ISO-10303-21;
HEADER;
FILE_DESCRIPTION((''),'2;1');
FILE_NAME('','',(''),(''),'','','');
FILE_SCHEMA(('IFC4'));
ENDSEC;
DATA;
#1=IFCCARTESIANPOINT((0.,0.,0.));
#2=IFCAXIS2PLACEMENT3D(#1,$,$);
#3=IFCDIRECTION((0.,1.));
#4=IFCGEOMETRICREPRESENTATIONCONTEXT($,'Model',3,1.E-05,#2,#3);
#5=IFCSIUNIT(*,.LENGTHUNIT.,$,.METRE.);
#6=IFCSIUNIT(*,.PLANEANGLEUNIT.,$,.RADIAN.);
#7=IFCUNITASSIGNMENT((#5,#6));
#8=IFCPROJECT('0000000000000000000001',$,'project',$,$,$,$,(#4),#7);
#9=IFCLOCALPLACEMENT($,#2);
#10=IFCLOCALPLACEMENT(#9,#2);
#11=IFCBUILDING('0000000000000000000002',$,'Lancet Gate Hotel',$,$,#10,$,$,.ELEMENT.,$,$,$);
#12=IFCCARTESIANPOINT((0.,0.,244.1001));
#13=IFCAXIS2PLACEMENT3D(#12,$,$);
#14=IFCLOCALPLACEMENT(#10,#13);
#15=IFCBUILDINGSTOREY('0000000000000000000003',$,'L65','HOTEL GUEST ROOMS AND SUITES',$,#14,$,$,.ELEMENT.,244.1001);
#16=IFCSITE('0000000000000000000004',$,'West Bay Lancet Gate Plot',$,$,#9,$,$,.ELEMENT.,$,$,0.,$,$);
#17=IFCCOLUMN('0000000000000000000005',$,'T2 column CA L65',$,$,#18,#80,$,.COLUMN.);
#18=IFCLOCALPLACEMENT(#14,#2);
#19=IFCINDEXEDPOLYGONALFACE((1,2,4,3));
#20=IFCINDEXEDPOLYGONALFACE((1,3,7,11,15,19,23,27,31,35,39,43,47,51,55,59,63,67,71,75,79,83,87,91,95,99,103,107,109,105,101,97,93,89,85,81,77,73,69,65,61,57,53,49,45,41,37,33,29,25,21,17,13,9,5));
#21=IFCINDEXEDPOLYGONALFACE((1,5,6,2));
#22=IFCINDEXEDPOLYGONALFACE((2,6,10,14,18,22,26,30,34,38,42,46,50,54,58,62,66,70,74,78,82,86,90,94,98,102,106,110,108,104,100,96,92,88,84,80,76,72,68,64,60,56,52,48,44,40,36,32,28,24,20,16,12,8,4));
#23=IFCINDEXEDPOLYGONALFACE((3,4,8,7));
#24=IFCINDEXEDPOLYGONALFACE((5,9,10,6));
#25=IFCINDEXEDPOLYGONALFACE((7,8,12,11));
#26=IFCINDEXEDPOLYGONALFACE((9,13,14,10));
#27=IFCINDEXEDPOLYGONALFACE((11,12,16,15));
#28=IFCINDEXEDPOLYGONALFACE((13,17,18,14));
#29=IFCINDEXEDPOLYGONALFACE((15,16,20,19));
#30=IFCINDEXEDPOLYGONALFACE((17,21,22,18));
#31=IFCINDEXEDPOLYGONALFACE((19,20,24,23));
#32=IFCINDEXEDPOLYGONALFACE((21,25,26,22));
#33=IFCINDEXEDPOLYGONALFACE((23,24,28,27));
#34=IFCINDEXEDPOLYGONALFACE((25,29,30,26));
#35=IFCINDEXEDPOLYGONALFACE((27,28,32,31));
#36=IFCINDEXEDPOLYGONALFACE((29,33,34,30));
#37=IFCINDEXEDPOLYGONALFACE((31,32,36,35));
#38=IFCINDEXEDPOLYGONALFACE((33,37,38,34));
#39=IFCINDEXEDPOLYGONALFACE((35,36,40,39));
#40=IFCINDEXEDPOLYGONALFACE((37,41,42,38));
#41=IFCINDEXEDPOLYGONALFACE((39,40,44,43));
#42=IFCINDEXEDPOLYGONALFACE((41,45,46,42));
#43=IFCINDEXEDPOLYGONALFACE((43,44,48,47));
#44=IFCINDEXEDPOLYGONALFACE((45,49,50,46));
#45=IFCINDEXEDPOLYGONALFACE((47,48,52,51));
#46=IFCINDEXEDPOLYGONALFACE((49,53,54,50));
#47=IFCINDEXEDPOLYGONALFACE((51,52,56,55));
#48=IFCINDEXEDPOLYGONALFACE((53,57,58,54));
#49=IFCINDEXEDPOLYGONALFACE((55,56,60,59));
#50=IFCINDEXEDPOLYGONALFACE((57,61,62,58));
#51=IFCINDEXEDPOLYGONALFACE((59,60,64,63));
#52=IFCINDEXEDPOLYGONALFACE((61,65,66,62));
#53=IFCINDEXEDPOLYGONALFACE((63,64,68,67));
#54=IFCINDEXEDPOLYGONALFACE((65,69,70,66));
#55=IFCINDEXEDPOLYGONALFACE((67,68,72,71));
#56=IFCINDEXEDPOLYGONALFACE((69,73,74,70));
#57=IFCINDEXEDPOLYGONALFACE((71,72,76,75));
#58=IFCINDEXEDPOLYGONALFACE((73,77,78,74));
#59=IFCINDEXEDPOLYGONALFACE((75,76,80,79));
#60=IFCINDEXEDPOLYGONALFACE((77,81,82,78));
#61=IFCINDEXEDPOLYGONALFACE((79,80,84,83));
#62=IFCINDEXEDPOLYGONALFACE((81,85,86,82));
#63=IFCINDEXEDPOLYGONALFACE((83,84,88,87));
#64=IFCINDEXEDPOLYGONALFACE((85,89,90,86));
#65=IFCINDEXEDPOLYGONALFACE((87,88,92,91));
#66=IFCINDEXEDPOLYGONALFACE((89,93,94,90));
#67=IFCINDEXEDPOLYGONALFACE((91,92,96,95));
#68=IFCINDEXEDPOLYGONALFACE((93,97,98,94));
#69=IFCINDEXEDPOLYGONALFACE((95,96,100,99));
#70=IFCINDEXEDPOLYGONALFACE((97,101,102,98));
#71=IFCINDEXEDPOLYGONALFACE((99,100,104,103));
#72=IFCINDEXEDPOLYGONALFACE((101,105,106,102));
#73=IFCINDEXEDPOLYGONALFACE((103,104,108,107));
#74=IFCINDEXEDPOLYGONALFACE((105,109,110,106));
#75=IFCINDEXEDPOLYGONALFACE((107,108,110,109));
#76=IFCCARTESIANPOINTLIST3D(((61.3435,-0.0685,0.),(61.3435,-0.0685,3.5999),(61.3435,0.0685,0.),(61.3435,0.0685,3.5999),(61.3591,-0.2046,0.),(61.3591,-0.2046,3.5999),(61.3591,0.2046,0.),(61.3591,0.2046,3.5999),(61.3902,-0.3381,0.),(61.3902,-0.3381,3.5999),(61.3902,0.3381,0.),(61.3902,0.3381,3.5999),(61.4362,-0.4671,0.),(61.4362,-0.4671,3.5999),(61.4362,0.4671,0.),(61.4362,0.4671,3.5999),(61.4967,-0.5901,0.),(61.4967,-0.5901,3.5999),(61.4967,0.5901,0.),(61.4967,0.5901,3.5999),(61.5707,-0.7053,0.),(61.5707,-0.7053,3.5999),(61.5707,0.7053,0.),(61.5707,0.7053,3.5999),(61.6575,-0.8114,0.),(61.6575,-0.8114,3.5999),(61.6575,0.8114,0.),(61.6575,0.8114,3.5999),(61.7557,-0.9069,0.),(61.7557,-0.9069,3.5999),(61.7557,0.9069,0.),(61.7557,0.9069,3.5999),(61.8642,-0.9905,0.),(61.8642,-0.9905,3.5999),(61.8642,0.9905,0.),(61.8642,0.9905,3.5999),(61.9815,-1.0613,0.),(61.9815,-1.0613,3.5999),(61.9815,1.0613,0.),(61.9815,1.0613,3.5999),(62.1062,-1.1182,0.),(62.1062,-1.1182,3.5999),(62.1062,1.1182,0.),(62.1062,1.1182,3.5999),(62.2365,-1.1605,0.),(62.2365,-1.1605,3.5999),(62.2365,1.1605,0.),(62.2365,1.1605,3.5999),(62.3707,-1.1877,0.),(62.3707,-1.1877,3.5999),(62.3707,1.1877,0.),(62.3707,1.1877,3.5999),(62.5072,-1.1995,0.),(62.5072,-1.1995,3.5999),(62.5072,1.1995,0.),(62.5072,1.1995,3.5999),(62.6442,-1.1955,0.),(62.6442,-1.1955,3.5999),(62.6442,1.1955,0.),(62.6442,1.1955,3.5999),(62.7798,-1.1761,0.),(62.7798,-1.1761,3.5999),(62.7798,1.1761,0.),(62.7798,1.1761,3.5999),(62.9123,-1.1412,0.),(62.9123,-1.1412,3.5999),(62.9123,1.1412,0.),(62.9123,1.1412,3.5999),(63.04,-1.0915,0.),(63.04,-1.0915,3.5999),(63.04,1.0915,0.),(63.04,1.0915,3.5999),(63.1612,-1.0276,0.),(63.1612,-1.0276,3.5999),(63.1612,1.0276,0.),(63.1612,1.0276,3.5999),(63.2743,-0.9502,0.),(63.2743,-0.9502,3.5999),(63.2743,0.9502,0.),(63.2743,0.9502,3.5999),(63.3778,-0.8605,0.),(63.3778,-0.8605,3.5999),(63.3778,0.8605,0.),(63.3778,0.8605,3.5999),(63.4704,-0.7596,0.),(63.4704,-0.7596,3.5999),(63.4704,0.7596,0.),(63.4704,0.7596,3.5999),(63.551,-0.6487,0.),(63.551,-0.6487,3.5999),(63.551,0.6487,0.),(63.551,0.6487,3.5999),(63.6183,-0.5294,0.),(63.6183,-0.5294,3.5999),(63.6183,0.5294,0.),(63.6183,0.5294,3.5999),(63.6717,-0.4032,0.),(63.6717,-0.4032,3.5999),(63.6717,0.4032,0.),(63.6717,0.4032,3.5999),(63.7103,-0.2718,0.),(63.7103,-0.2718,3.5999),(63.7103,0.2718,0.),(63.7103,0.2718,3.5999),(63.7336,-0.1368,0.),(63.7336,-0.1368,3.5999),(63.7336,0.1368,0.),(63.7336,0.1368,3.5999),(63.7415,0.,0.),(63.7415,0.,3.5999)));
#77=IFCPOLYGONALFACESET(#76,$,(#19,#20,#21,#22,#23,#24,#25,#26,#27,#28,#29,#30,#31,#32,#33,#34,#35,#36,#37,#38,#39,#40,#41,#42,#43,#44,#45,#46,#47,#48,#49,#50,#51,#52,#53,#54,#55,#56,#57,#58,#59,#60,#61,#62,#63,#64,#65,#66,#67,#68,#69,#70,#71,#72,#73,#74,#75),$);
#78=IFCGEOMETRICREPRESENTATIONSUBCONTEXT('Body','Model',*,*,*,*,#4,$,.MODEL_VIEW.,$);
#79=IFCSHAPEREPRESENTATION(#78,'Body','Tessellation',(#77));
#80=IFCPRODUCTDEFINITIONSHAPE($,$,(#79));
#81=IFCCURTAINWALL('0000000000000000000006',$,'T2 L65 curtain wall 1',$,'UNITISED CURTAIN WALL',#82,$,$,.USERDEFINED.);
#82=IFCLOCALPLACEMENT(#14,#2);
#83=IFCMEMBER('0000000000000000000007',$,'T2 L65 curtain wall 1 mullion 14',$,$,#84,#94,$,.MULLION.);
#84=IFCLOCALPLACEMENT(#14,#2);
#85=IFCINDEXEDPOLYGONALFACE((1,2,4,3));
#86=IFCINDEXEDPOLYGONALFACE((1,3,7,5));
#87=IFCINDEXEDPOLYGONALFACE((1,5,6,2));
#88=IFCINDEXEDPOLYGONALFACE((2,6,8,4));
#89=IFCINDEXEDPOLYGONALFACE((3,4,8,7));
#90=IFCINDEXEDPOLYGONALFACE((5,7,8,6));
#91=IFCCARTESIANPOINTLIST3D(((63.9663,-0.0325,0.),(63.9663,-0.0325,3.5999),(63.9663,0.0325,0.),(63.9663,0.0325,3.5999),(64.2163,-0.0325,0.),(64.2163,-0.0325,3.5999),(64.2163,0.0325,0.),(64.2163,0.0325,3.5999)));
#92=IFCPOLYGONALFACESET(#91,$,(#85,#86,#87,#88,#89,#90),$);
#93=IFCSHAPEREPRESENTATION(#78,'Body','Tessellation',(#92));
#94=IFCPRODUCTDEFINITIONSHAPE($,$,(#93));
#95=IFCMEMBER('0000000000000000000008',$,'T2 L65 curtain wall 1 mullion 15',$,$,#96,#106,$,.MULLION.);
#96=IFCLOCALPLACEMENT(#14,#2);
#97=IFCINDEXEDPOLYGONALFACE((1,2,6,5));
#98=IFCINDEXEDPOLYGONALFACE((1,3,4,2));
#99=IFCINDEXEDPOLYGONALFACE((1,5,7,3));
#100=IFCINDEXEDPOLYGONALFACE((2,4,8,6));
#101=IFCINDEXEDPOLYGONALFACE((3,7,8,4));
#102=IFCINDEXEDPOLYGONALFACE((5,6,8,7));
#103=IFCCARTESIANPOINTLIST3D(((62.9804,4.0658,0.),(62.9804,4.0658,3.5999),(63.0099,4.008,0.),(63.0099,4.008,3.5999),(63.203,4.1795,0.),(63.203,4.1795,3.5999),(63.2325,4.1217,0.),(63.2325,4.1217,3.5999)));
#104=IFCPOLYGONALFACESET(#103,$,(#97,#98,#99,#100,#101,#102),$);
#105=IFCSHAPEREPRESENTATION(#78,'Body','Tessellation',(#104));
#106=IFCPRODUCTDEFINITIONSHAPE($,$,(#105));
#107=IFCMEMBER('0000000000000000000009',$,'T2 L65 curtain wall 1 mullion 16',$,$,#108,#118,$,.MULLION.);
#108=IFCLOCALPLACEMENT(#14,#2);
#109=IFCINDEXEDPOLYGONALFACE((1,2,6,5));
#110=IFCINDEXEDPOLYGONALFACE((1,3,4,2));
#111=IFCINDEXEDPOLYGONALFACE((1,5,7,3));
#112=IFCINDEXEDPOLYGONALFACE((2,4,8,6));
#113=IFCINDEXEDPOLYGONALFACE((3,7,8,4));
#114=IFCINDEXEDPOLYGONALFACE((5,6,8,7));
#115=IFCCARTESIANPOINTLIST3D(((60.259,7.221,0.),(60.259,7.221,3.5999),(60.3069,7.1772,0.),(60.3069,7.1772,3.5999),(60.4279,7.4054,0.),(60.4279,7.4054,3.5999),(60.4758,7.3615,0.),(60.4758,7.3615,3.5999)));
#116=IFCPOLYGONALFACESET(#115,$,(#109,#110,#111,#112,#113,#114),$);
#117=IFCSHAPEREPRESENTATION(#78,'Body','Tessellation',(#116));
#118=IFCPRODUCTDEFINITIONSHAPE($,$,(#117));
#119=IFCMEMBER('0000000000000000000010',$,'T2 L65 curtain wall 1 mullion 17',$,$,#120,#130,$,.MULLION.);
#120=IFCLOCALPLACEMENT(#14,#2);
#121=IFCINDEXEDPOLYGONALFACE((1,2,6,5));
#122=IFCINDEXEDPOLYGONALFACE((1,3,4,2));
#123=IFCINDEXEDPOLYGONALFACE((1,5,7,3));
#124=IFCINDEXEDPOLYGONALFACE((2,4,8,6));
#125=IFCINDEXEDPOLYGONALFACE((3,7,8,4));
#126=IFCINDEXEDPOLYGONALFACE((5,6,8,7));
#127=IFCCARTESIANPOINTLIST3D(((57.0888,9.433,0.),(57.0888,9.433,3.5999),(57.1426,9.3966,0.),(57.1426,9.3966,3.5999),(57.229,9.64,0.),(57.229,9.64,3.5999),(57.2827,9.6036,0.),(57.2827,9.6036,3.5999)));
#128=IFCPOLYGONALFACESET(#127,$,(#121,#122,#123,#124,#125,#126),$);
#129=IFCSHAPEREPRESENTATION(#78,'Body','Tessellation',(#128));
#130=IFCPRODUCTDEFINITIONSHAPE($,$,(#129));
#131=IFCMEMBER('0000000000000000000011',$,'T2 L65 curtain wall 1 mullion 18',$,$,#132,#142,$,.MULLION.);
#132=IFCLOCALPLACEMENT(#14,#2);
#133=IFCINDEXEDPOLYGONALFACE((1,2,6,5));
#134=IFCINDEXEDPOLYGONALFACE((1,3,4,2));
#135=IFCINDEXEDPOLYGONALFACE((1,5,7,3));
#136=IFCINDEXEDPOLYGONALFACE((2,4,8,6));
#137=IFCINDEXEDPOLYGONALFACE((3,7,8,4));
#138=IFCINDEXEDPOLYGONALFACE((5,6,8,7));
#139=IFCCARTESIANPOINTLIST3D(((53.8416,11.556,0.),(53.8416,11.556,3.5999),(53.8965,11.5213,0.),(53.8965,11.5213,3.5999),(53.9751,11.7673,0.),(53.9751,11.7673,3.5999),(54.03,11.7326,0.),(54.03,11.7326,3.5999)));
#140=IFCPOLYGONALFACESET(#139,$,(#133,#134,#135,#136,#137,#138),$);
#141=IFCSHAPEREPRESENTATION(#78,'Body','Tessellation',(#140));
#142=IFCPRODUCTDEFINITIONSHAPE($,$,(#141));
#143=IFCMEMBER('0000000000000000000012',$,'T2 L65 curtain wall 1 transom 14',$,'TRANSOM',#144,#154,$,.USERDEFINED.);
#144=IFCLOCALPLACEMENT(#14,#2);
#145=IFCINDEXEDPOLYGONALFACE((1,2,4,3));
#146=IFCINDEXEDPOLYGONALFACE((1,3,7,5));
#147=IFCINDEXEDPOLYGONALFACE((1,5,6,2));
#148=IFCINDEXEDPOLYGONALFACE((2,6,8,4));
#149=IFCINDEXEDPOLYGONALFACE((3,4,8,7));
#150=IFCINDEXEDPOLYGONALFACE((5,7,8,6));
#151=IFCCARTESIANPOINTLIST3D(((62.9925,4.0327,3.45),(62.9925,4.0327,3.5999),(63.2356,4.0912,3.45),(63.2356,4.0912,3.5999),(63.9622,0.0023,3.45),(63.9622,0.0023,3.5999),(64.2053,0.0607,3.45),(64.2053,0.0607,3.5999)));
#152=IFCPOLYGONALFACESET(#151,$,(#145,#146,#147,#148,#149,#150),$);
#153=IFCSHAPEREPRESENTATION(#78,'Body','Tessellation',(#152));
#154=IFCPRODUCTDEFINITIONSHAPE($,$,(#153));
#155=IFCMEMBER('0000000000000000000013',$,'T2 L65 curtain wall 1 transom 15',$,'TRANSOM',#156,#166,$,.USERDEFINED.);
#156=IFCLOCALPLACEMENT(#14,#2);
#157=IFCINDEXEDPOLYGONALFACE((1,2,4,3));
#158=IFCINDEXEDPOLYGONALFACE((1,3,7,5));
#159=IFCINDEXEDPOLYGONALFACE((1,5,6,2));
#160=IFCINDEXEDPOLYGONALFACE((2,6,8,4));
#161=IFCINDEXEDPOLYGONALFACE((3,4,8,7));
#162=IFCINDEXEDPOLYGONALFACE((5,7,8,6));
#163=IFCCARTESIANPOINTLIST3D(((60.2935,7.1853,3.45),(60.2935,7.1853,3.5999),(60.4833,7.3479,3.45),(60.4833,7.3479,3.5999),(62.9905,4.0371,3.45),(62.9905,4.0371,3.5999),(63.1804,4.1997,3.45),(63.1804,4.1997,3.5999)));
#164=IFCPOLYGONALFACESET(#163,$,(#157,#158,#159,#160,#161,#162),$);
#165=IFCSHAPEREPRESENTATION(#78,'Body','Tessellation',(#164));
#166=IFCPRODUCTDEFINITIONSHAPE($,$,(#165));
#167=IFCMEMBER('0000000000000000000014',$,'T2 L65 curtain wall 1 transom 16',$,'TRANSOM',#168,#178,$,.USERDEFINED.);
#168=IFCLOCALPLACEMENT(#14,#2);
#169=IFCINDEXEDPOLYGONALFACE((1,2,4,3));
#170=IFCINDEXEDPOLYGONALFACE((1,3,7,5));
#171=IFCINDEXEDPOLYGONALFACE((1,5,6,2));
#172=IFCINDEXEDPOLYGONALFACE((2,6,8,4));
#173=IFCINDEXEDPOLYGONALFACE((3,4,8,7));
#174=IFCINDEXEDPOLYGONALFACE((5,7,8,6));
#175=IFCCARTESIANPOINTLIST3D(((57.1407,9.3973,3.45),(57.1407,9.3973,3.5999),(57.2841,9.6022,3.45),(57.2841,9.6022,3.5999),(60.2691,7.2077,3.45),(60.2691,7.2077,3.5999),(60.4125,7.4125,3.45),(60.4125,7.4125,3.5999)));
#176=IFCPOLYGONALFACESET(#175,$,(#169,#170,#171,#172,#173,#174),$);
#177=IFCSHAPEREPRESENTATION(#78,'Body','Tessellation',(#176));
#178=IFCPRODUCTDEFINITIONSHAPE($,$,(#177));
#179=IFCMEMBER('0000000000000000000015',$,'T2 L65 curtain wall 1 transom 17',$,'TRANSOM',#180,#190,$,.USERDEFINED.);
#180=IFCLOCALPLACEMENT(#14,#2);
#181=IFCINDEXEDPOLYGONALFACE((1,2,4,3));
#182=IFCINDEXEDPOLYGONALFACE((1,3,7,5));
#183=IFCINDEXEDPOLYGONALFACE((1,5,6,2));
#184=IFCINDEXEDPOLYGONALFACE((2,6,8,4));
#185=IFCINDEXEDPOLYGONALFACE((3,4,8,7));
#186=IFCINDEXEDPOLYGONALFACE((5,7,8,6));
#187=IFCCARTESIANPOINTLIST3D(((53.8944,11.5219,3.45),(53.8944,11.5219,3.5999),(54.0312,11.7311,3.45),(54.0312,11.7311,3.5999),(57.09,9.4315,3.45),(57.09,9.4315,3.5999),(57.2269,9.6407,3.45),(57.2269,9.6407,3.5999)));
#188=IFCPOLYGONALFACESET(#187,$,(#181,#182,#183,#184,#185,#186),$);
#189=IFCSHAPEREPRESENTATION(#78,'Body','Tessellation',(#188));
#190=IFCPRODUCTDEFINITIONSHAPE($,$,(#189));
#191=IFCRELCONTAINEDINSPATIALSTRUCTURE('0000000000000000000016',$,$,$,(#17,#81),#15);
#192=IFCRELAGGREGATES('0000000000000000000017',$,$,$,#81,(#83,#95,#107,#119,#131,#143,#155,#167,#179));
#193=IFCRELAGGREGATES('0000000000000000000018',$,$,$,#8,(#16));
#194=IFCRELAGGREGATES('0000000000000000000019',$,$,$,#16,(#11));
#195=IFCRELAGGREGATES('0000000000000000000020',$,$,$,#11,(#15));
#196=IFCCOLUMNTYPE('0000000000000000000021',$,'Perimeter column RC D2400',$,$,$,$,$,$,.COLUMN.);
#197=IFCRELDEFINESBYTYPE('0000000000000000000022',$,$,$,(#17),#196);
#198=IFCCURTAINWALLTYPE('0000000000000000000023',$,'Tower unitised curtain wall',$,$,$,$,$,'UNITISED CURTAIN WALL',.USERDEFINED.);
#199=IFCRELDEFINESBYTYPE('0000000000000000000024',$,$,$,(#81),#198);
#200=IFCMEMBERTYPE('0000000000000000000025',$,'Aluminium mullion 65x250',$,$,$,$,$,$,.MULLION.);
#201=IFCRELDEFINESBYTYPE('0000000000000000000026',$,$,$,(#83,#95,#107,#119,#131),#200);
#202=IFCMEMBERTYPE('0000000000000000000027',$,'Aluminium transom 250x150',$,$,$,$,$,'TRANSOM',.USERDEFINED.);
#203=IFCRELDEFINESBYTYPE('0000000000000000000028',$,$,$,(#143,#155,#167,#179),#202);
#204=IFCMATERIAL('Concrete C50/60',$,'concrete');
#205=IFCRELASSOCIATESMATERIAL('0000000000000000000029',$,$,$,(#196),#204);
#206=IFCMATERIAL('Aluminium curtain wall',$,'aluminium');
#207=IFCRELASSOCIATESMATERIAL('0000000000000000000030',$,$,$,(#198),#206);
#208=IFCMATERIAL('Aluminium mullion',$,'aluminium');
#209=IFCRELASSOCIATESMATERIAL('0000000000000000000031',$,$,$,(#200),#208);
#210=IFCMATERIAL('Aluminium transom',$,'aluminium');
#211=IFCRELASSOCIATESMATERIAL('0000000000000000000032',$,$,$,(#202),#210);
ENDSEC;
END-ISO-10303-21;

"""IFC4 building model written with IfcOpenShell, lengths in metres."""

from ifc_helpers import new_model, si_unit, direction, frame, origin, origin_2d, place, context, subcontext, project, spatial, rectangle, circle, extrude, material, material_profile, profile_set, type_object, element, aggregate, save


model = new_model("IFC4")

# Units and contexts
model_context = context("Model", 3, precision=1e-05, world=origin(), true_north=direction((0.0, 1.0)))
body_context = subcontext(model_context, "Body", "Model", "MODEL_VIEW")
ifc_project = project(units=[si_unit("LENGTHUNIT", "METRE"), si_unit("PLANEANGLEUNIT", "RADIAN")], contexts=[model_context])

# Site, building, storey
site_placement = place(None, origin())
site = spatial("IfcSite", under=ifc_project, at=site_placement, Name="West Bay Lancet Gate Plot", CompositionType="ELEMENT", RefElevation=0.0)
building_placement = place(site_placement, origin())
building = spatial("IfcBuilding", under=site, at=building_placement, Name="Lancet Gate Hotel", CompositionType="ELEMENT")
storey_placement = place(building_placement, frame((0.0, 0.0, 244.1001)))
storey = spatial("IfcBuildingStorey", under=building, at=storey_placement, Name="L65", Description="HOTEL GUEST ROOMS AND SUITES", CompositionType="ELEMENT", Elevation=244.1001)

# Column
ifc_material_1 = material(Name="Concrete C50/60", Category="concrete")
ifc_material_profile_1 = material_profile(ifc_material_1, circle(Radius=1.2, at=origin_2d()), Name="RC D2400")
ifc_profile_set_1 = profile_set([ifc_material_profile_1], Name="Concrete C50/60")
column_type = type_object("IfcColumnType", Name="Perimeter column RC D2400", PredefinedType="COLUMN", material=ifc_profile_set_1)
column_placement = place(storey_placement, frame((62.5415, 0.0, 0.0), z_axis=(0.0, 0.0, 1.0), x_axis=(1.0, 0.0, 0.0)))
element("IfcColumn", 1, at=column_placement, inside=storey, type_object=column_type, Name="T2 column CA L65", PredefinedType="COLUMN", context=body_context, shape_type="SweptSolid", body=[
    extrude(circle(Radius=1.2, at=origin_2d()), origin(), (0.0, 0.0, 1.0), 3.5999),
])

# Curtain wall, members
ifc_material_2 = material(Name="Aluminium curtain wall", Category="aluminium")
curtain_wall_type = type_object("IfcCurtainWallType", Name="Tower unitised curtain wall", ElementType="UNITISED CURTAIN WALL", PredefinedType="USERDEFINED", material=ifc_material_2)
curtain_wall_placement = place(storey_placement, origin())
curtain_wall = element("IfcCurtainWall", 2, at=curtain_wall_placement, inside=storey, type_object=curtain_wall_type, Name="T2 L65 curtain wall 1", ObjectType="UNITISED CURTAIN WALL", PredefinedType="USERDEFINED")
ifc_material_3 = material(Name="Aluminium mullion", Category="aluminium")
ifc_material_profile_2 = material_profile(ifc_material_3, rectangle(XDim=0.0649, YDim=0.25, at=origin_2d()), Name="MULLION 65x250")
ifc_profile_set_2 = profile_set([ifc_material_profile_2], Name="Aluminium mullion")
member_type_1 = type_object("IfcMemberType", Name="Aluminium mullion 65x250", PredefinedType="MULLION", material=ifc_profile_set_2)
member_1_placement = place(storey_placement, frame((64.0913, 0.0, 0.0), z_axis=(0.0, 0.0, 1.0), x_axis=(0.0, 1.0, 0.0)))
member_1 = element("IfcMember", 3, at=member_1_placement, type_object=member_type_1, Name="T2 L65 curtain wall 1 mullion 14", PredefinedType="MULLION", context=body_context, shape_type="SweptSolid", body=[
    extrude(rectangle(XDim=0.0649, YDim=0.25, at=origin_2d()), origin(), (0.0, 0.0, 1.0), 3.5999),
])
member_2_placement = place(storey_placement, frame((63.1064, 4.0938, 0.0), z_axis=(0.0, 0.0, 1.0), x_axis=(-0.454853, 0.890567, 0.0)))
member_2 = element("IfcMember", 4, at=member_2_placement, type_object=member_type_1, Name="T2 L65 curtain wall 1 mullion 15", PredefinedType="MULLION", context=body_context, shape_type="SweptSolid", body=[
    extrude(rectangle(XDim=0.0649, YDim=0.25, at=origin_2d()), origin(), (0.0, 0.0, 1.0), 3.5999),
])
member_3_placement = place(storey_placement, frame((60.3674, 7.2913, 0.0), z_axis=(0.0, 0.0, 1.0), x_axis=(-0.737323, 0.67554, 0.0)))
member_3 = element("IfcMember", 5, at=member_3_placement, type_object=member_type_1, Name="T2 L65 curtain wall 1 mullion 16", PredefinedType="MULLION", context=body_context, shape_type="SweptSolid", body=[
    extrude(rectangle(XDim=0.0649, YDim=0.25, at=origin_2d()), origin(), (0.0, 0.0, 1.0), 3.5999),
])
member_4_placement = place(storey_placement, frame((57.1858, 9.5183, 0.0), z_axis=(0.0, 0.0, 1.0), x_axis=(-0.828155, 0.5605, 0.0)))
member_4 = element("IfcMember", 6, at=member_4_placement, type_object=member_type_1, Name="T2 L65 curtain wall 1 mullion 17", PredefinedType="MULLION", context=body_context, shape_type="SweptSolid", body=[
    extrude(rectangle(XDim=0.0649, YDim=0.25, at=origin_2d()), origin(), (0.0, 0.0, 1.0), 3.5999),
])
member_5_placement = place(storey_placement, frame((53.9358, 11.6443, 0.0), z_axis=(0.0, 0.0, 1.0), x_axis=(-0.84534, 0.534229, 0.0)))
member_5 = element("IfcMember", 7, at=member_5_placement, type_object=member_type_1, Name="T2 L65 curtain wall 1 mullion 18", PredefinedType="MULLION", context=body_context, shape_type="SweptSolid", body=[
    extrude(rectangle(XDim=0.0649, YDim=0.25, at=origin_2d()), origin(), (0.0, 0.0, 1.0), 3.5999),
])
ifc_material_4 = material(Name="Aluminium transom", Category="aluminium")
ifc_material_profile_3 = material_profile(ifc_material_4, rectangle(XDim=0.25, YDim=0.1499, at=origin_2d()), Name="TRANSOM 250x150")
ifc_profile_set_3 = profile_set([ifc_material_profile_3], Name="Aluminium transom")
member_type_2 = type_object("IfcMemberType", Name="Aluminium transom 250x150", ElementType="TRANSOM", PredefinedType="USERDEFINED", material=ifc_profile_set_3)
member_6_placement = place(storey_placement, frame((64.0837, 0.0315, 3.5249), z_axis=(-0.233921, 0.972256, 0.0), x_axis=(-0.972256, -0.233921, 0.0)))
member_6 = element("IfcMember", 8, at=member_6_placement, type_object=member_type_2, Name="T2 L65 curtain wall 1 transom 14", ObjectType="TRANSOM", PredefinedType="USERDEFINED", context=body_context, shape_type="SweptSolid", body=[
    extrude(rectangle(XDim=0.25, YDim=0.1499, at=origin_2d()), origin(), (0.0, 0.0, 1.0), 4.1455),
])
member_7_placement = place(storey_placement, frame((63.0854, 4.1184, 3.5249), z_axis=(-0.650593, 0.759427, 0.0), x_axis=(-0.759427, -0.650593, 0.0)))
member_7 = element("IfcMember", 9, at=member_7_placement, type_object=member_type_2, Name="T2 L65 curtain wall 1 transom 15", ObjectType="TRANSOM", PredefinedType="USERDEFINED", context=body_context, shape_type="SweptSolid", body=[
    extrude(rectangle(XDim=0.25, YDim=0.1499, at=origin_2d()), origin(), (0.0, 0.0, 1.0), 4.1455),
])
member_8_placement = place(storey_placement, frame((60.3408, 7.3101, 3.5249), z_axis=(-0.819256, 0.573428, 0.0), x_axis=(-0.573428, -0.819256, 0.0)))
member_8 = element("IfcMember", 10, at=member_8_placement, type_object=member_type_2, Name="T2 L65 curtain wall 1 transom 16", ObjectType="TRANSOM", PredefinedType="USERDEFINED", context=body_context, shape_type="SweptSolid", body=[
    extrude(rectangle(XDim=0.25, YDim=0.1499, at=origin_2d()), origin(), (0.0, 0.0, 1.0), 3.8186),
])
member_9_placement = place(storey_placement, frame((57.1584, 9.5361, 3.5249), z_axis=(-0.836858, 0.54742, 0.0), x_axis=(-0.54742, -0.836858, 0.0)))
member_9 = element("IfcMember", 11, at=member_9_placement, type_object=member_type_2, Name="T2 L65 curtain wall 1 transom 17", ObjectType="TRANSOM", PredefinedType="USERDEFINED", context=body_context, shape_type="SweptSolid", body=[
    extrude(rectangle(XDim=0.25, YDim=0.1499, at=origin_2d()), origin(), (0.0, 0.0, 1.0), 3.8186),
])

aggregate(curtain_wall, [member_1, member_2, member_3, member_4, member_5, member_6, member_7, member_8, member_9])

save(model, "model.ifc")
